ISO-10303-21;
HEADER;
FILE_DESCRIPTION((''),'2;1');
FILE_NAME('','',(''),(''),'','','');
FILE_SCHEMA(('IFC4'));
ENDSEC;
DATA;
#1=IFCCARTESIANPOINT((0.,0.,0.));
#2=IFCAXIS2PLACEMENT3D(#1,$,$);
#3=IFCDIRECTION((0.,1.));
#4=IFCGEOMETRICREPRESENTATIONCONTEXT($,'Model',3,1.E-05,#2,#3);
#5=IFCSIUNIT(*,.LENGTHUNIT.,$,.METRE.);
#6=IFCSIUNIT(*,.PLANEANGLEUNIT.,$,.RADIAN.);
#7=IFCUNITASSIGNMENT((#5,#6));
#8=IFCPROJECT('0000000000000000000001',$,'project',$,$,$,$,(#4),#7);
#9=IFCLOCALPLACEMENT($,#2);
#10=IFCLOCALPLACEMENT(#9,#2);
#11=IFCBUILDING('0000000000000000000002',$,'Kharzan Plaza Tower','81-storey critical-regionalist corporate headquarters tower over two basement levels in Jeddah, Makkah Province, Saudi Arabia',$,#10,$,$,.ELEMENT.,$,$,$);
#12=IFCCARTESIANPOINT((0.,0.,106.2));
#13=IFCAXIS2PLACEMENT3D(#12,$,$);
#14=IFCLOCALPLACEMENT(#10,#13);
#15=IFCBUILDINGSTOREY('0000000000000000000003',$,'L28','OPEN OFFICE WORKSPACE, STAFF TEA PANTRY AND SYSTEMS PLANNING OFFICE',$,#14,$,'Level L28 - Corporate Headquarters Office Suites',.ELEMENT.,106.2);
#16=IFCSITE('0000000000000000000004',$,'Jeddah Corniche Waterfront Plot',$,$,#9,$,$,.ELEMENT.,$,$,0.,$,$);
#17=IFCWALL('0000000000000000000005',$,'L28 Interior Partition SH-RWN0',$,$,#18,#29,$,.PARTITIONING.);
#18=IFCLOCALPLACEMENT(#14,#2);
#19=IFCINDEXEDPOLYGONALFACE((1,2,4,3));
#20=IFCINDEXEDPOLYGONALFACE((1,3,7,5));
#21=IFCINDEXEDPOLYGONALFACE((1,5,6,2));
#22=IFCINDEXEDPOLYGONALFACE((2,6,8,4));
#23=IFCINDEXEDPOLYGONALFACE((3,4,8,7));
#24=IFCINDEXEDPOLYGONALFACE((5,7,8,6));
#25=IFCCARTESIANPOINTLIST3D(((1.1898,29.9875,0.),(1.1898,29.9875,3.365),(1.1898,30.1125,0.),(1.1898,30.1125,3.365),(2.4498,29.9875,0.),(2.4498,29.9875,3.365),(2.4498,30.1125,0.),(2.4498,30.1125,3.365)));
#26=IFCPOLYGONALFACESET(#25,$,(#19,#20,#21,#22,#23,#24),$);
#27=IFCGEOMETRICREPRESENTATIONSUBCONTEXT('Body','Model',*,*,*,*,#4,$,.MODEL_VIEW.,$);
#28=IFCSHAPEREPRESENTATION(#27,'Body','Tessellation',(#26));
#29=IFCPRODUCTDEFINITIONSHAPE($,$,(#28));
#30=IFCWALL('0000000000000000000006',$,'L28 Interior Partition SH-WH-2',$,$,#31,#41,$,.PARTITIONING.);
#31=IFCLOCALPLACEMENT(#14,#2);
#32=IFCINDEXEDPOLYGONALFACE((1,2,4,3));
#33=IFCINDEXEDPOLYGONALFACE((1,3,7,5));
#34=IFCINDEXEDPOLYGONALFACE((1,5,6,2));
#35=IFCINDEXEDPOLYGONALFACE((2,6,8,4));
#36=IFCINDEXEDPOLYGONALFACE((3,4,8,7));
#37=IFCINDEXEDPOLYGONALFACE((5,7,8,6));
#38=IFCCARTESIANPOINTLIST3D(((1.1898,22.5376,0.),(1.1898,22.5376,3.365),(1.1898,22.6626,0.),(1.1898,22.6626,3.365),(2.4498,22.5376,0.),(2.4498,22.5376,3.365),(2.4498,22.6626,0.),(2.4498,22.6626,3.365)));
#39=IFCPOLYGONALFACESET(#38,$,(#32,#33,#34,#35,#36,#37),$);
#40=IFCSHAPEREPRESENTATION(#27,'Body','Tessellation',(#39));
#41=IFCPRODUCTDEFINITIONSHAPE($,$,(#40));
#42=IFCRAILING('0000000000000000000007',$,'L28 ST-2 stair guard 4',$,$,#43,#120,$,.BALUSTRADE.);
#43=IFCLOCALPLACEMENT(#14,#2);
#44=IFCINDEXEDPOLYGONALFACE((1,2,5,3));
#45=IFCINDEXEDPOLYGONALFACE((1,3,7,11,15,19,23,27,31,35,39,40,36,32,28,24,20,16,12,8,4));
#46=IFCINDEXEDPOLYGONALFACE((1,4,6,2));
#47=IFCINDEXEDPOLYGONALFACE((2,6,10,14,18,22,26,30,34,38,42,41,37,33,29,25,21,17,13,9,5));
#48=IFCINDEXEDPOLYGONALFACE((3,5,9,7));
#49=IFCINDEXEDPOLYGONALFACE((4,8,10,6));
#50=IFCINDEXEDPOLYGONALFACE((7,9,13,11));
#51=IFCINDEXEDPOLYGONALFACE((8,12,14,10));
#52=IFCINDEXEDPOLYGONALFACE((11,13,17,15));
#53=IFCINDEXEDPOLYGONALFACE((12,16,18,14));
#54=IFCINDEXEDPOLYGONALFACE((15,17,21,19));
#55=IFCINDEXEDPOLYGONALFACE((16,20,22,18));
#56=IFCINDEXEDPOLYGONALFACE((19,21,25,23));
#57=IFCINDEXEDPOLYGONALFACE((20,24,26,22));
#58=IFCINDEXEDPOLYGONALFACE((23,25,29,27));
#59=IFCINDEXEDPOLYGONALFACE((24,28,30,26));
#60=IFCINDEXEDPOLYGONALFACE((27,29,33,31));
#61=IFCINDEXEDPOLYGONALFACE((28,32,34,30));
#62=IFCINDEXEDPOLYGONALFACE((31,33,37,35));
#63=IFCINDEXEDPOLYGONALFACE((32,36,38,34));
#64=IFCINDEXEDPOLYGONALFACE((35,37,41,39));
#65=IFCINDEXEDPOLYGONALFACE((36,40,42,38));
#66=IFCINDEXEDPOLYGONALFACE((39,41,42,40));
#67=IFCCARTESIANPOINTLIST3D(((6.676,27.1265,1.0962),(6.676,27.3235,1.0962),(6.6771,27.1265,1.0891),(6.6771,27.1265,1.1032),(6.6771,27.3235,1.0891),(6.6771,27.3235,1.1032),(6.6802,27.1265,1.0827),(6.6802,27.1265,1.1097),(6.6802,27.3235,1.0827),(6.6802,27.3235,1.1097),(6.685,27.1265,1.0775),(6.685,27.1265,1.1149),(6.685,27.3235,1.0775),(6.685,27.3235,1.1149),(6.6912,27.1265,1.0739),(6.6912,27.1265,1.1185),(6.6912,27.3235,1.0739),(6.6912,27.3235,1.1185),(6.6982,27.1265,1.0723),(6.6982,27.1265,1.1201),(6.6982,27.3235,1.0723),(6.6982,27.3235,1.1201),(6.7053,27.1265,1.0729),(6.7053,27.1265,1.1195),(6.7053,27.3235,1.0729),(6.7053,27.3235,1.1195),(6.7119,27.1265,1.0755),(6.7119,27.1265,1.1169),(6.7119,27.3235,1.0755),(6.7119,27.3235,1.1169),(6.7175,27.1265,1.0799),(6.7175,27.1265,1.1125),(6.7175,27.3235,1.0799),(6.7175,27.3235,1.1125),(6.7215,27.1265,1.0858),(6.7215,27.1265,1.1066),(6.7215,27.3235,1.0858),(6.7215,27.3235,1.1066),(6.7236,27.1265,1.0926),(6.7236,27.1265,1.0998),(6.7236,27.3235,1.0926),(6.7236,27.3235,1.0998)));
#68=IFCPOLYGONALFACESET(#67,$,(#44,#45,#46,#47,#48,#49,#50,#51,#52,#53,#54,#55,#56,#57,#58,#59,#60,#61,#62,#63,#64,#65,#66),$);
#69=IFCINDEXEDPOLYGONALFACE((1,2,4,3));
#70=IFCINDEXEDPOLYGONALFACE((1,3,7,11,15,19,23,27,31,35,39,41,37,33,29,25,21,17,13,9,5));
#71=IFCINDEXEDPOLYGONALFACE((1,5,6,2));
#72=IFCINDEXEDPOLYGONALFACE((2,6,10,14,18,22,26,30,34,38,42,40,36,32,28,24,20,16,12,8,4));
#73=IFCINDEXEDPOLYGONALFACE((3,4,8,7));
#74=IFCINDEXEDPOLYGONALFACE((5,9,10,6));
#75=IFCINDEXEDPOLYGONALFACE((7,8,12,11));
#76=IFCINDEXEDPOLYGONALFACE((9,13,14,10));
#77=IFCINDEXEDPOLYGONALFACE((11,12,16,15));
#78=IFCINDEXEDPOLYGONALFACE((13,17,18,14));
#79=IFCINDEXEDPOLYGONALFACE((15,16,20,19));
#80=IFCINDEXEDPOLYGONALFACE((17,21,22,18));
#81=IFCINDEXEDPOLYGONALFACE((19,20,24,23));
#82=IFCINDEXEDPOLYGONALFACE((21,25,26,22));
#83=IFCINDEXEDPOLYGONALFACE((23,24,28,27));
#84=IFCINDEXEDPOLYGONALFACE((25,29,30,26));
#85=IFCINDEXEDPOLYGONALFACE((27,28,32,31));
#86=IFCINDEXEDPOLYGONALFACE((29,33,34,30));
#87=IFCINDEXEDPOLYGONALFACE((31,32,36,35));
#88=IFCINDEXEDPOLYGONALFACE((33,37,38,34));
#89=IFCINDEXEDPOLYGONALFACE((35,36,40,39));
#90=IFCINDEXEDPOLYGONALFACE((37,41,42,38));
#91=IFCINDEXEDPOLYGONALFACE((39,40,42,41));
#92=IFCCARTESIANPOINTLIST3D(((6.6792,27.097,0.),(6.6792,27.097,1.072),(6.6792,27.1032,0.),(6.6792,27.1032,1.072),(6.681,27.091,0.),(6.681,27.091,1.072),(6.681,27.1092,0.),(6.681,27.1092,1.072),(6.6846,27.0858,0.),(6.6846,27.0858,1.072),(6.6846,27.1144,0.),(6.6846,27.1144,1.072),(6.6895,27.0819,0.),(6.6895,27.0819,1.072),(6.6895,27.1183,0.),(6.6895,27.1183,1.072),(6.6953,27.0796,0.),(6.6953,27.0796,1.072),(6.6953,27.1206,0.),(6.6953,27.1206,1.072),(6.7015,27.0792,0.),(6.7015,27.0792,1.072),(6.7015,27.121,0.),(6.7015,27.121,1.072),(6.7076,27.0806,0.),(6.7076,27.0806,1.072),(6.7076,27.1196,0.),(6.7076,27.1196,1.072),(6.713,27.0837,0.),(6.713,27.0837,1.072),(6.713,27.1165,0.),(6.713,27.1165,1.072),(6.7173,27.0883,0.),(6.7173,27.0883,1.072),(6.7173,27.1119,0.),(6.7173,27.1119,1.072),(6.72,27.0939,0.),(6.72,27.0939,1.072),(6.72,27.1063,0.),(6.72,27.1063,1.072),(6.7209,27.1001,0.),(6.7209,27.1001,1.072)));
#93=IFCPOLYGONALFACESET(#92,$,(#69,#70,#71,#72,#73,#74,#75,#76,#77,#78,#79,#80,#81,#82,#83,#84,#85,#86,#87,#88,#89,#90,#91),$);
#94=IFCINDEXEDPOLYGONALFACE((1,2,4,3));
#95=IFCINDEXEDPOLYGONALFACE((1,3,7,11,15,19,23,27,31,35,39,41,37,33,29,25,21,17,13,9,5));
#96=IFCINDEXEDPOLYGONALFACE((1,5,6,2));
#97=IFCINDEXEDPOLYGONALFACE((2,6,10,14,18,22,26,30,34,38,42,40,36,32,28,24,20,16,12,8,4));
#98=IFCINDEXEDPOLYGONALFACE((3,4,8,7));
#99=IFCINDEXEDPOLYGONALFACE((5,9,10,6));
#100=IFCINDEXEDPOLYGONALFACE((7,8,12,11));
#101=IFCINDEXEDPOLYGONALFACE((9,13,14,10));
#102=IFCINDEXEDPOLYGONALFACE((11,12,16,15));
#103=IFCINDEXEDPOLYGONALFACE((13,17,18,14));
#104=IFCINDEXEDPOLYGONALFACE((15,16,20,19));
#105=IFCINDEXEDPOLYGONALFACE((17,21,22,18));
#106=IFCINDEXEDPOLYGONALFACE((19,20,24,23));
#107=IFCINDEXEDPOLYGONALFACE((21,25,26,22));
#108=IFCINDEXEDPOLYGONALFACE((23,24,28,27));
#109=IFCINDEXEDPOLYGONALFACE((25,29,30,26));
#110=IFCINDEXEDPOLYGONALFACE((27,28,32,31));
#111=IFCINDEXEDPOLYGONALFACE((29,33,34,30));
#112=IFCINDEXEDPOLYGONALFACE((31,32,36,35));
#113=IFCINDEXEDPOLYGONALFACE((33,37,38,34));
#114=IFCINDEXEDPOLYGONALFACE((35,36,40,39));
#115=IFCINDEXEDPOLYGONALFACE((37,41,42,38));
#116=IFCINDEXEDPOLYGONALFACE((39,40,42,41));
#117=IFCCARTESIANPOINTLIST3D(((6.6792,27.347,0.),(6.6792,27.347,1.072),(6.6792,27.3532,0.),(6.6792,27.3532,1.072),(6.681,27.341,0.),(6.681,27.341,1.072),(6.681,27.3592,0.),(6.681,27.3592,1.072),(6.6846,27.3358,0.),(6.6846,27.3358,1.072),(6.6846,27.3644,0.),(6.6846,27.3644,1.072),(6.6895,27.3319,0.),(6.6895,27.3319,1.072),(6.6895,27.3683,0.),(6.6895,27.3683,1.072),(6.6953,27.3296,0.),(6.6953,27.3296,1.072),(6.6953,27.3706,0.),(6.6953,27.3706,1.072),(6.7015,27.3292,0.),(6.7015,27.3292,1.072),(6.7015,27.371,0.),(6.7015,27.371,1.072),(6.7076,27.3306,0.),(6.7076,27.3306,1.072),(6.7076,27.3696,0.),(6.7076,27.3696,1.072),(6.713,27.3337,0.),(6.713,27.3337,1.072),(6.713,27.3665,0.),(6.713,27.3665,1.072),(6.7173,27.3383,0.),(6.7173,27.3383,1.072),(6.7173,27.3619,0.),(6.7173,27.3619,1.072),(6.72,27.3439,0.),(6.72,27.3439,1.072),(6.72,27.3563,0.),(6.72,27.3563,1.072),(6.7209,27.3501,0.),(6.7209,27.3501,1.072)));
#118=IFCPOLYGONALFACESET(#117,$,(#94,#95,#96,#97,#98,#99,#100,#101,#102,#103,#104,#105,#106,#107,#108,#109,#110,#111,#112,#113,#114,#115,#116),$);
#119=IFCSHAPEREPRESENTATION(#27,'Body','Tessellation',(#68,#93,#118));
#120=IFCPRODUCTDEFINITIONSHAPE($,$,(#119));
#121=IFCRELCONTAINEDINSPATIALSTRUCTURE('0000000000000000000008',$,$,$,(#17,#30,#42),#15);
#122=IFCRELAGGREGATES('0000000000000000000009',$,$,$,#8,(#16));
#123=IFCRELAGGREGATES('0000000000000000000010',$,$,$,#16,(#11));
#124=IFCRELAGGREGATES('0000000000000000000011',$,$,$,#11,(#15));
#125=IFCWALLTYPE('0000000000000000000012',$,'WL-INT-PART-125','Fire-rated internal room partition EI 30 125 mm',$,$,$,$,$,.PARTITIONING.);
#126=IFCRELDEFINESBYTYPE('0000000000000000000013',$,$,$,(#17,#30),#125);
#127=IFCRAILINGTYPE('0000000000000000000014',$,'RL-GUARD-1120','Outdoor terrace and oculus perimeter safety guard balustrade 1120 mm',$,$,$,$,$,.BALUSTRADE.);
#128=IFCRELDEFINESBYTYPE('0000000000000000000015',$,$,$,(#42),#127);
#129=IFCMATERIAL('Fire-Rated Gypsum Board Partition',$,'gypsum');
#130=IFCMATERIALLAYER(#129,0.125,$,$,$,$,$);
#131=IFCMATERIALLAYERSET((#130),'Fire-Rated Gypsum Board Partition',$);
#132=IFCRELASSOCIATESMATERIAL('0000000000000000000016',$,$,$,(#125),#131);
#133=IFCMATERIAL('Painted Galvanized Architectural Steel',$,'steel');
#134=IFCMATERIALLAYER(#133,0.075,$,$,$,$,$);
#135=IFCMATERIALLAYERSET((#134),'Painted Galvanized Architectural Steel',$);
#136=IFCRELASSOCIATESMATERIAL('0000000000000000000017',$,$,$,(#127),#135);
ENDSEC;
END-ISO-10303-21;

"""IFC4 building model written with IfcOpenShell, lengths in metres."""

from ifc_helpers import new_model, si_unit, direction, frame, frame_2d, origin, origin_2d, place, context, subcontext, project, spatial, rectangle, circle, extrude, source, transform, mapped, material, layer, layer_set, type_object, element, save


model = new_model("IFC4")

# Units and contexts
model_context = context("Model", 3, precision=1e-05, world=origin(), true_north=direction((0.0, 1.0)))
body_context = subcontext(model_context, "Body", "Model", "MODEL_VIEW")
ifc_project = project(units=[si_unit("LENGTHUNIT", "METRE"), si_unit("PLANEANGLEUNIT", "RADIAN")], contexts=[model_context])

# Site, building, storey
site_placement = place(None, origin())
site = spatial("IfcSite", under=ifc_project, at=site_placement, Name="Jeddah Corniche Waterfront Plot", CompositionType="ELEMENT", RefElevation=0.0)
building_placement = place(site_placement, origin())
building = spatial("IfcBuilding", under=site, at=building_placement, Name="Kharzan Plaza Tower", Description="81-storey critical-regionalist corporate headquarters tower over two basement levels in Jeddah, Makkah Province, Saudi Arabia", CompositionType="ELEMENT")
storey_placement = place(building_placement, frame((0.0, 0.0, 106.2)))
storey = spatial("IfcBuildingStorey", under=building, at=storey_placement, Name="L28", Description="OPEN OFFICE WORKSPACE, STAFF TEA PANTRY AND SYSTEMS PLANNING OFFICE", LongName="Level L28 - Corporate Headquarters Office Suites", CompositionType="ELEMENT", Elevation=106.2)

# Shared definitions
ifc_material_1 = material(Name="Fire-Rated Gypsum Board Partition", Category="gypsum")
ifc_layer_1 = layer(ifc_material_1, 0.125)
ifc_layer_set_1 = layer_set([ifc_layer_1], Name="Fire-Rated Gypsum Board Partition")
wall_type_1 = type_object("IfcWallType", Name="WL-INT-PART-125", Description="Fire-rated internal room partition EI 30 125 mm", PredefinedType="PARTITIONING", material=ifc_layer_set_1)

# Walls
shared_shape_1 = source(origin(), body_context, "Body", "SweptSolid", [
    extrude(rectangle(XDim=1.26, YDim=0.125, at=frame_2d((0.6299, 0.0))), origin(), (0.0, 0.0, 1.0), 3.365),
])
for number, where, z_axis, x_axis, name in (
    (1, (1.1899, 30.05, 0.0), (0.0, 0.0, 1.0), (1.0, 0.0, 0.0), "L28 Interior Partition SH-RWN0"),
    (2, (1.1899, 22.6001, 0.0), (0.0, 0.0, 1.0), (1.0, 0.0, 0.0), "L28 Interior Partition SH-WH-2"),
):
    element("IfcWall", number, at=place(storey_placement, frame(where, z_axis=z_axis, x_axis=x_axis)), inside=storey, type_object=wall_type_1, Name=name, PredefinedType="PARTITIONING", context=body_context, shape_type="MappedRepresentation", body=[
        mapped(shared_shape_1, transform((0.0, 0.0, 0.0), x_axis=(1.0, 0.0, 0.0), y_axis=(0.0, 1.0, 0.0), z_axis=(0.0, 0.0, 1.0))),
    ])

# Railing
ifc_material_2 = material(Name="Painted Galvanized Architectural Steel", Category="steel")
ifc_layer_2 = layer(ifc_material_2, 0.075)
ifc_layer_set_2 = layer_set([ifc_layer_2], Name="Painted Galvanized Architectural Steel")
railing_type = type_object("IfcRailingType", Name="RL-GUARD-1120", Description="Outdoor terrace and oculus perimeter safety guard balustrade 1120 mm", PredefinedType="BALUSTRADE", material=ifc_layer_set_2)
shared_shape_2 = source(origin(), body_context, "Body", "SweptSolid", [
    extrude(circle(Radius=0.0239, at=origin_2d()), frame((0.0, 0.0264, 1.0962), z_axis=(0.0, 1.0, 0.0), x_axis=(-1.0, 0.0, 0.0)), (0.0, 0.0, 1.0), 0.197),
    extrude(circle(Radius=0.021, at=origin_2d()), origin(), (0.0, 0.0, 1.0), 1.072),
    extrude(circle(Radius=0.021, at=origin_2d()), frame((0.0, 0.25, 0.0)), (0.0, 0.0, 1.0), 1.072),
])
railing_placement = place(storey_placement, frame((6.7, 27.1001, 0.0)))
element("IfcRailing", 3, at=railing_placement, inside=storey, type_object=railing_type, Name="L28 ST-2 stair guard 4", PredefinedType="BALUSTRADE", context=body_context, shape_type="MappedRepresentation", body=[
    mapped(shared_shape_2, transform((0.0, 0.0, 0.0), x_axis=(1.0, 0.0, 0.0), y_axis=(0.0, 1.0, 0.0), z_axis=(0.0, 0.0, 1.0))),
])

save(model, "model.ifc")
